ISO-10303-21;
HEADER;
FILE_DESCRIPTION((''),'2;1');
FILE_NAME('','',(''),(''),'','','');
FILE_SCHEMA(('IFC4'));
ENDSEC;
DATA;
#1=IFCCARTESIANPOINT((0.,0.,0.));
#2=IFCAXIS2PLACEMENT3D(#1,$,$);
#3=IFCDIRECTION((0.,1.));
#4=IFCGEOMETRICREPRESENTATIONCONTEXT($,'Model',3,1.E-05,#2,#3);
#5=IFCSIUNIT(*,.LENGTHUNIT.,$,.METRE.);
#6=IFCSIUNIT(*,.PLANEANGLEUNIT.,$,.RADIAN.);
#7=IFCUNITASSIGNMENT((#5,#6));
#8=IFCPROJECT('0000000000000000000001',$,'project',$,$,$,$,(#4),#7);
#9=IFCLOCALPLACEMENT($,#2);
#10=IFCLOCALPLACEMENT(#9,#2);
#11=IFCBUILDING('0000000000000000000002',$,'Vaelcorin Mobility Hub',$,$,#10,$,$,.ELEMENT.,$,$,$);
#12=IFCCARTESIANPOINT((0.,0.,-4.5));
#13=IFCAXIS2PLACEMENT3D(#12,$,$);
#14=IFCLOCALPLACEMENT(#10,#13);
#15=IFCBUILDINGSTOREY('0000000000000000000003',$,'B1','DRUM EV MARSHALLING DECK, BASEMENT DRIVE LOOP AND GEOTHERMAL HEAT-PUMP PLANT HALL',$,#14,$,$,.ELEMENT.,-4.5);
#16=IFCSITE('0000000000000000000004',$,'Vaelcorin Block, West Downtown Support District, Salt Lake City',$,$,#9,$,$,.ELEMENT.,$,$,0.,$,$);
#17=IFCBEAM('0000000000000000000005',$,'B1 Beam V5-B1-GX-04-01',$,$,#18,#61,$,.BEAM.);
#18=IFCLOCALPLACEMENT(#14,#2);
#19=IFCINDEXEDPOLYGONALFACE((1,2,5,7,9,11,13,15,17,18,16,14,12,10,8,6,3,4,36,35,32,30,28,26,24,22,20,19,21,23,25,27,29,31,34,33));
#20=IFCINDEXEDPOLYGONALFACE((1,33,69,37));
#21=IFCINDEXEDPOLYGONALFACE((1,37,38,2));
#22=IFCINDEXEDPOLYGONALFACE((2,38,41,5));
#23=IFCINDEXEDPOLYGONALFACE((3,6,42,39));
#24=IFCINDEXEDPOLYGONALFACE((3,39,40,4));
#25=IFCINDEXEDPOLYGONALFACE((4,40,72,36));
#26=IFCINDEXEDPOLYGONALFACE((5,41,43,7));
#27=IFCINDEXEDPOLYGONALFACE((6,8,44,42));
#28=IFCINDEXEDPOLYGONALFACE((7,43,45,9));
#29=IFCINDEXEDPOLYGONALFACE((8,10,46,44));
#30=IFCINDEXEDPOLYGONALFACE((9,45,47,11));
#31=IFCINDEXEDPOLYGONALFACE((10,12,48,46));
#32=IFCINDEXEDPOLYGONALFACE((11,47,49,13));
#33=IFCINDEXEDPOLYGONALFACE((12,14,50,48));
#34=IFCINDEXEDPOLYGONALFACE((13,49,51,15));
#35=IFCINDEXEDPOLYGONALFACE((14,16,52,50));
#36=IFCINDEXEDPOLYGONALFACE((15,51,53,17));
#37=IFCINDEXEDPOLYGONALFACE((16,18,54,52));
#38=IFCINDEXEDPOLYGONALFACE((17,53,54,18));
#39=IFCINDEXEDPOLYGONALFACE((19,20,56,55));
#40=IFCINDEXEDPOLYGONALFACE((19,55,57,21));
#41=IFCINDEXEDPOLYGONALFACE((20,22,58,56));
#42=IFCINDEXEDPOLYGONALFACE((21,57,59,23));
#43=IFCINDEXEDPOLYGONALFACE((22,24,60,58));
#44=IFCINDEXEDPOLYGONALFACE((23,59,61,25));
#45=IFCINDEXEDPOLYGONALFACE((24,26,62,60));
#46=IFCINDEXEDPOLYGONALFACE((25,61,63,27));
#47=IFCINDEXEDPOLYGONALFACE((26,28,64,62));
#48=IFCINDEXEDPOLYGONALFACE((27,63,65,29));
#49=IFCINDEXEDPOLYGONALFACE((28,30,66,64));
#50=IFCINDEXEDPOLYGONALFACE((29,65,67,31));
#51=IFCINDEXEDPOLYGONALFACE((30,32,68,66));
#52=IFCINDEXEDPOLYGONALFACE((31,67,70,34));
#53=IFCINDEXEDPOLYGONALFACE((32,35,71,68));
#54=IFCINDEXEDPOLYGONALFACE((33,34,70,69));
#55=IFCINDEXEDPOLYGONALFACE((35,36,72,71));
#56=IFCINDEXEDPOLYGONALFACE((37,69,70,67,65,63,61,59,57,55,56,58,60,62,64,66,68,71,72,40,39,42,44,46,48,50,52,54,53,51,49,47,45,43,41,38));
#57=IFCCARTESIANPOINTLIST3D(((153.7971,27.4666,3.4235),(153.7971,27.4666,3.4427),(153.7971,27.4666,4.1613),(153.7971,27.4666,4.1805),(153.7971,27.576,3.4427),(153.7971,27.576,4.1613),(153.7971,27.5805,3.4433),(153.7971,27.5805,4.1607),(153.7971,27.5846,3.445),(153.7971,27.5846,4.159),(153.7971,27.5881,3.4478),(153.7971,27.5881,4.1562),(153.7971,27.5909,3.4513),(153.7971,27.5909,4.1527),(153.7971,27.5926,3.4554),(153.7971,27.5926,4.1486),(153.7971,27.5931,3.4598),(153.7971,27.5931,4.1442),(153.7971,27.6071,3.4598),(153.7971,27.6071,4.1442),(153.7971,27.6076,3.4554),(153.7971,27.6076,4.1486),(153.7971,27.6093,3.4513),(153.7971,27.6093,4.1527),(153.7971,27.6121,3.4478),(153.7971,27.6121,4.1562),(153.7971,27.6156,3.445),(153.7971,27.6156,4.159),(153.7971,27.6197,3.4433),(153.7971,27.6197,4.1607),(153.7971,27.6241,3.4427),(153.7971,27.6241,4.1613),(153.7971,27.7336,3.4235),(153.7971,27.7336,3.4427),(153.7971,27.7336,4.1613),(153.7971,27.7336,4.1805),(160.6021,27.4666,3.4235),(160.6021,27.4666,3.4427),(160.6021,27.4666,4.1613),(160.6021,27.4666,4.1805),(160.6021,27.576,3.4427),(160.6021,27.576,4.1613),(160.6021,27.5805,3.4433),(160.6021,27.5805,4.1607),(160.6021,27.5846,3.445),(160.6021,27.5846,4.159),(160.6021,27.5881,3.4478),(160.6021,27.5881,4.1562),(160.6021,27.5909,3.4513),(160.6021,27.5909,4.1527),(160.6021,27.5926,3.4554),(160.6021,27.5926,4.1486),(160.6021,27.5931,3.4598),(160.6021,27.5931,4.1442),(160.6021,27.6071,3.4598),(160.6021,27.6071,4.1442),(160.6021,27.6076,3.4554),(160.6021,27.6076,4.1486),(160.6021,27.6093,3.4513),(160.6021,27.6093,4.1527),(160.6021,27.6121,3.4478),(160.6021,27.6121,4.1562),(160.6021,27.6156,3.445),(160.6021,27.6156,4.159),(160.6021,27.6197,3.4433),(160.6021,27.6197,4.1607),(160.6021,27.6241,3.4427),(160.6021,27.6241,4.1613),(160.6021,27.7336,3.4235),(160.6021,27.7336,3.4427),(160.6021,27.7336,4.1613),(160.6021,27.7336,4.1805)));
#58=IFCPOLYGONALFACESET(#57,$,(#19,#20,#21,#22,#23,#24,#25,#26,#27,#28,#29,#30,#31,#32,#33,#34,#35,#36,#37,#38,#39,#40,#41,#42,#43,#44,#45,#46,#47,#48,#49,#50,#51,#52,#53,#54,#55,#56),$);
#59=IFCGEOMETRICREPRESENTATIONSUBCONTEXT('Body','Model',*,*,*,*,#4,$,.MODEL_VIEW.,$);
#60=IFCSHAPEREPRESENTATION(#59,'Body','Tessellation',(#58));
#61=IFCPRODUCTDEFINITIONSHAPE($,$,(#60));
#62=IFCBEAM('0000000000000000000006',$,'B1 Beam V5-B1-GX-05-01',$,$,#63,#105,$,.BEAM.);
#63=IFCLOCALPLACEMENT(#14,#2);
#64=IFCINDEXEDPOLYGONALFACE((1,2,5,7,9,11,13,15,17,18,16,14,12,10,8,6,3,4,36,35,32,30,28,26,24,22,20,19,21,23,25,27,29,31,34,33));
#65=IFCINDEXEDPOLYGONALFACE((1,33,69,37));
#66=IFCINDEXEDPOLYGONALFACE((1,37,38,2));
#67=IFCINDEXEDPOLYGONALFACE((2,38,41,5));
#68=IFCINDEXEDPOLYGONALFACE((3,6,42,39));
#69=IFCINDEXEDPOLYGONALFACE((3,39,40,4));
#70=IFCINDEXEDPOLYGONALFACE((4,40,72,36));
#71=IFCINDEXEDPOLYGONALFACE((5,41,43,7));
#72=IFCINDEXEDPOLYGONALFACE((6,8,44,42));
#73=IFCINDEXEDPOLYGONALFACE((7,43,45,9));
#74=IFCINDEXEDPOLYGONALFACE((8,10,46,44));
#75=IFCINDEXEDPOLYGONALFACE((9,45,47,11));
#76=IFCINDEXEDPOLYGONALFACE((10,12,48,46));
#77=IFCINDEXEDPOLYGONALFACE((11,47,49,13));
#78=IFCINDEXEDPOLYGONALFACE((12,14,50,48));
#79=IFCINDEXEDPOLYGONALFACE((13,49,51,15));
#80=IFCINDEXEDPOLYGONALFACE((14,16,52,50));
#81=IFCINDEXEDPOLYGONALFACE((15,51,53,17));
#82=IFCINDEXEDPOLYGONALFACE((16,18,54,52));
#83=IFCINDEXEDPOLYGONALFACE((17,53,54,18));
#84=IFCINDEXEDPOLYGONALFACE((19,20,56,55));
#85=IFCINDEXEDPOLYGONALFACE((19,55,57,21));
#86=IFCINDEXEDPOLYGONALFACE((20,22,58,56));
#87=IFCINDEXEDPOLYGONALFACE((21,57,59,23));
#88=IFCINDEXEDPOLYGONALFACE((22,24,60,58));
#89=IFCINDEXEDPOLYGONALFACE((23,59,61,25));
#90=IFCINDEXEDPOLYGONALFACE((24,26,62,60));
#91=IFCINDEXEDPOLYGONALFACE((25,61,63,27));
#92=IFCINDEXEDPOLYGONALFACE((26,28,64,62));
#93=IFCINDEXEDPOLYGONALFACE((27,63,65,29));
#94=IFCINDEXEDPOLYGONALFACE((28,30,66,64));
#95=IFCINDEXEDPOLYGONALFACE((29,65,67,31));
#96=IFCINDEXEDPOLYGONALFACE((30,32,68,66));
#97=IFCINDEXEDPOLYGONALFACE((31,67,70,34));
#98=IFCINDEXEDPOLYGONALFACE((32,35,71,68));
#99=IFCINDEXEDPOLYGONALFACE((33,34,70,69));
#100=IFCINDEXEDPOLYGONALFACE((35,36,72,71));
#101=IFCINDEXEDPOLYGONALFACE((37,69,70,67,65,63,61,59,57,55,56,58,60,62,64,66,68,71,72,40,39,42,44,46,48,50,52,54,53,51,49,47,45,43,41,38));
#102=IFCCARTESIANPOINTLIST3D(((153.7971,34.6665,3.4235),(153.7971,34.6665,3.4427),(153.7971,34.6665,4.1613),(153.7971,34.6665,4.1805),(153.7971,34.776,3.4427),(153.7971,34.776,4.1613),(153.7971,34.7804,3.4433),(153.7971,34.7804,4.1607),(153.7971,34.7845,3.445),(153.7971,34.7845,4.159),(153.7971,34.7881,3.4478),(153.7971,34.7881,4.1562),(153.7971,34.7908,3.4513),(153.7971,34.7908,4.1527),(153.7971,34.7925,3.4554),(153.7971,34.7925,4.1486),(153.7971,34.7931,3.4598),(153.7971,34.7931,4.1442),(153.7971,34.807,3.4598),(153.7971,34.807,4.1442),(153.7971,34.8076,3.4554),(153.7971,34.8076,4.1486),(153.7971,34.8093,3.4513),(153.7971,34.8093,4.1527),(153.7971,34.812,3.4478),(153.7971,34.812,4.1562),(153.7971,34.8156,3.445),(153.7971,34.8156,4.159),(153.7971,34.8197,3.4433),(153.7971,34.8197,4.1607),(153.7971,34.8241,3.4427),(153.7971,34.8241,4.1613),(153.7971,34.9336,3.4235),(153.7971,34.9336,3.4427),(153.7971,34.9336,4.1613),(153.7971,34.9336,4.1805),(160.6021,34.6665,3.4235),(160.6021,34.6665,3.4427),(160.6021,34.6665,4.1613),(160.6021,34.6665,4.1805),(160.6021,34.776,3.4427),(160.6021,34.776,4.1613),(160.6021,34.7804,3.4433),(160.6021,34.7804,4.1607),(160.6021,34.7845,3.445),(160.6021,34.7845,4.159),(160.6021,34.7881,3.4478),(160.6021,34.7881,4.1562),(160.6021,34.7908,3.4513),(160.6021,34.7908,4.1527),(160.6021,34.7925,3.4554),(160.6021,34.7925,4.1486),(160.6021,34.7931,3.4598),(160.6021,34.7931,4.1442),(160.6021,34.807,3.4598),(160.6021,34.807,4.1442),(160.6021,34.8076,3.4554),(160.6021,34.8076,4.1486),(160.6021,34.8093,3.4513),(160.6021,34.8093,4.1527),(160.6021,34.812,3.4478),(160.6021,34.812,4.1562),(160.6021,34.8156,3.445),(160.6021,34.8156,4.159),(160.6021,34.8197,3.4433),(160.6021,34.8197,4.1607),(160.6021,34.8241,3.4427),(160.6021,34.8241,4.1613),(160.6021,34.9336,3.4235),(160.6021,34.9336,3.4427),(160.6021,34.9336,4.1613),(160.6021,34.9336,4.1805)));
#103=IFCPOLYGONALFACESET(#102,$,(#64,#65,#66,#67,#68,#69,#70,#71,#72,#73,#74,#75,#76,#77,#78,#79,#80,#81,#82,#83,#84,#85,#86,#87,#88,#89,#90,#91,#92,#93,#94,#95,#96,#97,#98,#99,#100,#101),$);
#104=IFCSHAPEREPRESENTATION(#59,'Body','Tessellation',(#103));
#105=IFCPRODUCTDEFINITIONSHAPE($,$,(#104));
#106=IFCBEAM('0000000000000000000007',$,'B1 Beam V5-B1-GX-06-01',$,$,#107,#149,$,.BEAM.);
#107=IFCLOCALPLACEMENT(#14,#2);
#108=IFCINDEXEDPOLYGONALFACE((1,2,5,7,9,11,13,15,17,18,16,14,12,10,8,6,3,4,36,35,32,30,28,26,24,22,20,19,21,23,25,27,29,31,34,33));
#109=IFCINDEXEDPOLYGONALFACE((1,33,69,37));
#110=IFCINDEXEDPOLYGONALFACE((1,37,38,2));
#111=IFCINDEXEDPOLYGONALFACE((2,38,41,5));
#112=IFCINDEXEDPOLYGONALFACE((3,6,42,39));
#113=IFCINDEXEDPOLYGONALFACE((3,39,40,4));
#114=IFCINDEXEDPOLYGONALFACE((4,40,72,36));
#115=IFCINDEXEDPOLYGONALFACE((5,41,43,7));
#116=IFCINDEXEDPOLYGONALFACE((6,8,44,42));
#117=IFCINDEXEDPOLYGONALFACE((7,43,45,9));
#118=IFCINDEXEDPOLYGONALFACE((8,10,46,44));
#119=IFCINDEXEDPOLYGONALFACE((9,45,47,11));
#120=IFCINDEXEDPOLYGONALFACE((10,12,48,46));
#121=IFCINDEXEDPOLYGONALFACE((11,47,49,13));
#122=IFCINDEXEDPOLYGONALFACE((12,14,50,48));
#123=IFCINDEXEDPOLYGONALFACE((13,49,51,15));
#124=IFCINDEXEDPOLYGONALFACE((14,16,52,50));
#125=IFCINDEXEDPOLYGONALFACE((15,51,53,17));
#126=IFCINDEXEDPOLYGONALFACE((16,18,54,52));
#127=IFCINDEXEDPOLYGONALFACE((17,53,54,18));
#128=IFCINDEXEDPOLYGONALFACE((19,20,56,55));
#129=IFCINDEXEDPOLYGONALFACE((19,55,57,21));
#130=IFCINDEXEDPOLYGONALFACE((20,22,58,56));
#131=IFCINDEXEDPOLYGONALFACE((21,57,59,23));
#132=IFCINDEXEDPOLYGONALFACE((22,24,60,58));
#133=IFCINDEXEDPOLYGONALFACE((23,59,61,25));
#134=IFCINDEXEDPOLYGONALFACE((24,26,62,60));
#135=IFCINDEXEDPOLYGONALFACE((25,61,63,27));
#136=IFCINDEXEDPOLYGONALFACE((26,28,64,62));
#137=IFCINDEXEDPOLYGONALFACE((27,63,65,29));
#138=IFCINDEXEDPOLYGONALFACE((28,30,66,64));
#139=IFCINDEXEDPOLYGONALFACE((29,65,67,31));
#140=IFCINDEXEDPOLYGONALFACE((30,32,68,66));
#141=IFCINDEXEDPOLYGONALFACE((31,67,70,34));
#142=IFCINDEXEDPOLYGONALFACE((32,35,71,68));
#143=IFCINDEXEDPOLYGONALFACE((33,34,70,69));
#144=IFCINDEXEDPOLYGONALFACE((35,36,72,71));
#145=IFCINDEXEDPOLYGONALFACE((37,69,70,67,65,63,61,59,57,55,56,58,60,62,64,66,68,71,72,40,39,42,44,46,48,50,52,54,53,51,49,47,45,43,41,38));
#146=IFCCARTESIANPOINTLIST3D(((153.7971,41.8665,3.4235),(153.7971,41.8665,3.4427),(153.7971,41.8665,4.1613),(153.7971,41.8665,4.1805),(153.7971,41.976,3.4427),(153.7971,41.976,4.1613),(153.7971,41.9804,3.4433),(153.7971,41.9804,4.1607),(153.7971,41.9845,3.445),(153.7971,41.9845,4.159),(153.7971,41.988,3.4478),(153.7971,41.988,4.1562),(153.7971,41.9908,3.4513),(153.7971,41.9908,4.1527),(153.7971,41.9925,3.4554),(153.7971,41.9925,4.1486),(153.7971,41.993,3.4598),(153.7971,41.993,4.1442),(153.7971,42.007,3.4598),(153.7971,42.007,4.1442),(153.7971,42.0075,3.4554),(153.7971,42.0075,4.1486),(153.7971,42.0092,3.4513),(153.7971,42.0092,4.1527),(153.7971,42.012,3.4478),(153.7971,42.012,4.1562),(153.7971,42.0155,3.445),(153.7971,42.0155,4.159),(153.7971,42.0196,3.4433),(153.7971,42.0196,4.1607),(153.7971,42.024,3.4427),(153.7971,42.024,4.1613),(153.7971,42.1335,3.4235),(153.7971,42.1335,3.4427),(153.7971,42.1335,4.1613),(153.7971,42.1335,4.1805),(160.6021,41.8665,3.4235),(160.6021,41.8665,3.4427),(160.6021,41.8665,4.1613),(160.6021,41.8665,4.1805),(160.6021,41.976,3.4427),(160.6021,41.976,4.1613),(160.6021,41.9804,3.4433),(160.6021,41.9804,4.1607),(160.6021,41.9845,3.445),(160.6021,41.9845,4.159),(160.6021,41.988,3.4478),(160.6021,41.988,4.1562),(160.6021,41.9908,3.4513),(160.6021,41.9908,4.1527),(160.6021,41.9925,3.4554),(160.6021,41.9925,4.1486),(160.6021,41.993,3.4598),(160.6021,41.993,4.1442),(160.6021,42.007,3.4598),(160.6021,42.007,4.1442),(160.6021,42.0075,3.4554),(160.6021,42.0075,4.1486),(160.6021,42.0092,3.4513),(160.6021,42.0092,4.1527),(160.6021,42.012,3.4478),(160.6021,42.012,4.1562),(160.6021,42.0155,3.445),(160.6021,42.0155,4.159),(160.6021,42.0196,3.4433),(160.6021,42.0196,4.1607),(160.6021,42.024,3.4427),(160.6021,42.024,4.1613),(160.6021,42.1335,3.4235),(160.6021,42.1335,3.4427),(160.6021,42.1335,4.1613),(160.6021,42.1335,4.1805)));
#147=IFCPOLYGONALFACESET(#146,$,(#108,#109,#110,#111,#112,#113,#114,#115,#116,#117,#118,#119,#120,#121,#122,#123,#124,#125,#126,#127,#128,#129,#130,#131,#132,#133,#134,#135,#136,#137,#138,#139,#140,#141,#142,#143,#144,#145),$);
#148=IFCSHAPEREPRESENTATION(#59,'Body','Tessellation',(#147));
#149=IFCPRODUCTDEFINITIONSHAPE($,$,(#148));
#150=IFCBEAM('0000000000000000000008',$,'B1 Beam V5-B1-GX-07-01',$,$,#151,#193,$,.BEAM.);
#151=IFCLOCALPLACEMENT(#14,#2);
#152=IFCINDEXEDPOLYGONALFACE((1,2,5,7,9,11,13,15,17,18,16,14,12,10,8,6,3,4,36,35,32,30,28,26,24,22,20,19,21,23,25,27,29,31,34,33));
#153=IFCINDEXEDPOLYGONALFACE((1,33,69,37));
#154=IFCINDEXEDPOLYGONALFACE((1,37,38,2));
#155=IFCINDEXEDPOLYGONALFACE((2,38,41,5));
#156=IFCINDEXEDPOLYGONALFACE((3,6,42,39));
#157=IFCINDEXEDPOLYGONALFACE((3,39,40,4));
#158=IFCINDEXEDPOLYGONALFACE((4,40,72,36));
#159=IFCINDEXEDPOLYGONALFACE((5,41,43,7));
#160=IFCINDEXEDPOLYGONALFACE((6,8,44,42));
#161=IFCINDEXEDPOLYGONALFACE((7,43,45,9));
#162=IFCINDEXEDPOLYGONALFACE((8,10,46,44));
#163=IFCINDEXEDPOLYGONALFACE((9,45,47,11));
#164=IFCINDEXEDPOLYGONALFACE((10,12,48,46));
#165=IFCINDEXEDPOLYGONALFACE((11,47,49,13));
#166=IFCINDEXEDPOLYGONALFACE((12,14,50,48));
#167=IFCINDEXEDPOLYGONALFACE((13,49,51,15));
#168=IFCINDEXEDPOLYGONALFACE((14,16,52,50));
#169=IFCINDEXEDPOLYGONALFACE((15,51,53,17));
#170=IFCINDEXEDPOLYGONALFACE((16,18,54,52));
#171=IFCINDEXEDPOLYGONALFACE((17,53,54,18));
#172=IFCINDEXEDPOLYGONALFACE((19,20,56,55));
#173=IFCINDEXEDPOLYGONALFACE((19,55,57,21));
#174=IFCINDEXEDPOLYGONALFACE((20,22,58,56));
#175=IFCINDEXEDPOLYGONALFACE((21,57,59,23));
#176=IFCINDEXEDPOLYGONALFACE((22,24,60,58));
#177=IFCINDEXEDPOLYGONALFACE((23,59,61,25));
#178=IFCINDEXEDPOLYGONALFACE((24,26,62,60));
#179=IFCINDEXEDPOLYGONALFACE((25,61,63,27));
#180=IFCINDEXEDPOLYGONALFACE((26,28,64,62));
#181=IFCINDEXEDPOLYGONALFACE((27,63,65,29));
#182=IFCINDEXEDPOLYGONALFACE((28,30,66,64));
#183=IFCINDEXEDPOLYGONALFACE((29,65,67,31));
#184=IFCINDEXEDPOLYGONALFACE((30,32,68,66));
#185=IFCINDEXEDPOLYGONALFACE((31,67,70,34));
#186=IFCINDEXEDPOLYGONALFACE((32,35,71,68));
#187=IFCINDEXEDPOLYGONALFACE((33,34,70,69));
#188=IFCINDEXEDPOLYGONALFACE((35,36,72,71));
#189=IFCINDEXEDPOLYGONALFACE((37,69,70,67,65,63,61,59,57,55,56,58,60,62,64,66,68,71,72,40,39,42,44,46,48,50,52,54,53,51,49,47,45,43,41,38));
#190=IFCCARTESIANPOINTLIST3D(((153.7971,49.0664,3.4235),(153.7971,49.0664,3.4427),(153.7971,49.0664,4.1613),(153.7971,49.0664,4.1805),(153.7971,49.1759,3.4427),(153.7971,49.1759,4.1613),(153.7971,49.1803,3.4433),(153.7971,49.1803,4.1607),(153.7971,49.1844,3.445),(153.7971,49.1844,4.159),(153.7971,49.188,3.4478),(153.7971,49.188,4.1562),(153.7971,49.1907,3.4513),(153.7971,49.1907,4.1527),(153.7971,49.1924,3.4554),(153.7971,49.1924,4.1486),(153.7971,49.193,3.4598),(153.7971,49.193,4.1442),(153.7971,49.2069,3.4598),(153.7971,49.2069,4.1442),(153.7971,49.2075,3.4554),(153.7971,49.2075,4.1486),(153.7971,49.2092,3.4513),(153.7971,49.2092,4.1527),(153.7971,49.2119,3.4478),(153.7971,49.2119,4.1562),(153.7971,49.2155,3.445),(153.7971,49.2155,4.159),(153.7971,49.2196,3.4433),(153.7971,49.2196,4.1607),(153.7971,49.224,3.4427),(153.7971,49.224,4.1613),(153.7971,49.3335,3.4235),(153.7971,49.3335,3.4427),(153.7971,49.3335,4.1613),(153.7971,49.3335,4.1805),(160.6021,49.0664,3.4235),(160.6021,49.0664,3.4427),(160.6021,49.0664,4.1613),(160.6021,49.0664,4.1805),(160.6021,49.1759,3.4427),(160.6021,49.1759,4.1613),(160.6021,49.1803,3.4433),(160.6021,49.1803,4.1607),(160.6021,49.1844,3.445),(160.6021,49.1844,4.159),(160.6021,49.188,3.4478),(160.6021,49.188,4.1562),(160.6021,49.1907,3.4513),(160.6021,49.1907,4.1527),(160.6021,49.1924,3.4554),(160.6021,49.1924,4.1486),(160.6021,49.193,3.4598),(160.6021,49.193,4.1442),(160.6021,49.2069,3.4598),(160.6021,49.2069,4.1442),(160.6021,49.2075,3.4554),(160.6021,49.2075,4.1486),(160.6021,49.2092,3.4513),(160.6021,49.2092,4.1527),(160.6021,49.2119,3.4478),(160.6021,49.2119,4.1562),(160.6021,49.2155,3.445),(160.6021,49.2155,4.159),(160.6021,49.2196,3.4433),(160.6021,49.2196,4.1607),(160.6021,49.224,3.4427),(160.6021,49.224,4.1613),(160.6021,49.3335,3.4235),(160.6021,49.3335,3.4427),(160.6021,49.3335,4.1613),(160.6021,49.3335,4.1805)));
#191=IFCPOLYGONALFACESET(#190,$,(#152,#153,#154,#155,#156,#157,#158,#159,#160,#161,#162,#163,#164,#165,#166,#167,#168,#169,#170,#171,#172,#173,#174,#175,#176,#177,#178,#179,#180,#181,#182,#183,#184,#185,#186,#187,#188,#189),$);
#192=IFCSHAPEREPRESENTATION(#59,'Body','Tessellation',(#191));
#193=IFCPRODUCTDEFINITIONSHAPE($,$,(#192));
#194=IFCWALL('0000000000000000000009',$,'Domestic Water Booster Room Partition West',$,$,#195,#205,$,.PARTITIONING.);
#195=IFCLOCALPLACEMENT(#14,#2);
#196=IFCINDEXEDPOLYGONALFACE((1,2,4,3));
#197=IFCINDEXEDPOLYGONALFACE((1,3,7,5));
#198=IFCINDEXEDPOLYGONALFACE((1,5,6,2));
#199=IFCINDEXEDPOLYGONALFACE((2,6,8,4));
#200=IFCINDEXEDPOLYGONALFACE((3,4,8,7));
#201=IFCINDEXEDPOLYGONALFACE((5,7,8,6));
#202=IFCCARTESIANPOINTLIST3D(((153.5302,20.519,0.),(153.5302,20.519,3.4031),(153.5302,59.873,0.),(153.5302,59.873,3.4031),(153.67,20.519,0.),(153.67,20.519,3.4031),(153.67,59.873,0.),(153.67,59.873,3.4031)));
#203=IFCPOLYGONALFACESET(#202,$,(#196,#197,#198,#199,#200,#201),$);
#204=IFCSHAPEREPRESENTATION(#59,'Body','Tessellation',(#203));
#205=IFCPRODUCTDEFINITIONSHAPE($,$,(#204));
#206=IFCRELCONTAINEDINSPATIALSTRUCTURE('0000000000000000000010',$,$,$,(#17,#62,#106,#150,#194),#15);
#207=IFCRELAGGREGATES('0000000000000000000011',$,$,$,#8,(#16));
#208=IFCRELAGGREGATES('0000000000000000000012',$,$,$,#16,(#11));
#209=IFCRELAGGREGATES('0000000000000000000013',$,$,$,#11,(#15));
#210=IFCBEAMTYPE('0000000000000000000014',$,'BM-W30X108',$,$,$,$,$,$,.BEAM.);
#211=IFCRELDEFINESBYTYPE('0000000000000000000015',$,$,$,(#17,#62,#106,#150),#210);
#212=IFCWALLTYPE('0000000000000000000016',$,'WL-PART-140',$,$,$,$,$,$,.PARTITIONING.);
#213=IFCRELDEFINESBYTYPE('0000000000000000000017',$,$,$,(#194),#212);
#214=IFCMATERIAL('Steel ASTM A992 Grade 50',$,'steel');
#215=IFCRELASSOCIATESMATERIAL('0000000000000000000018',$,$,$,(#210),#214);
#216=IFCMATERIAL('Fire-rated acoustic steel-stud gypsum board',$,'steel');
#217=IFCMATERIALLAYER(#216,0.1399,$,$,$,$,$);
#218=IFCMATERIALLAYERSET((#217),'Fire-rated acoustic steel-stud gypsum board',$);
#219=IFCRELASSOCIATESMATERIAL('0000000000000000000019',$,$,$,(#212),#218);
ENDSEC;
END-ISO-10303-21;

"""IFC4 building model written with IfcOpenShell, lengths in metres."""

from ifc_helpers import new_model, si_unit, direction, frame, frame_2d, origin, origin_2d, place, context, subcontext, project, spatial, rectangle, i_section, extrude, material, layer, layer_set, material_profile, profile_set, type_object, element, save


model = new_model("IFC4")

# Units and contexts
model_context = context("Model", 3, precision=1e-05, world=origin(), true_north=direction((0.0, 1.0)))
body_context = subcontext(model_context, "Body", "Model", "MODEL_VIEW")
ifc_project = project(units=[si_unit("LENGTHUNIT", "METRE"), si_unit("PLANEANGLEUNIT", "RADIAN")], contexts=[model_context])

# Site, building, storey
site_placement = place(None, origin())
site = spatial("IfcSite", under=ifc_project, at=site_placement, Name="Vaelcorin Block, West Downtown Support District, Salt Lake City", CompositionType="ELEMENT", RefElevation=0.0)
building_placement = place(site_placement, origin())
building = spatial("IfcBuilding", under=site, at=building_placement, Name="Vaelcorin Mobility Hub", CompositionType="ELEMENT")
storey_placement = place(building_placement, frame((0.0, 0.0, -4.5)))
storey = spatial("IfcBuildingStorey", under=building, at=storey_placement, Name="B1", Description="DRUM EV MARSHALLING DECK, BASEMENT DRIVE LOOP AND GEOTHERMAL HEAT-PUMP PLANT HALL", CompositionType="ELEMENT", Elevation=-4.5)

# Shared definitions
ifc_material_1 = material(Name="Steel ASTM A992 Grade 50", Category="steel")

# Beams
ifc_material_profile_1 = material_profile(ifc_material_1, i_section(OverallWidth=0.2671, OverallDepth=0.7571, WebThickness=0.0139, FlangeThickness=0.0193, FilletRadius=0.0171, at=origin_2d()), Name="W30X108")
ifc_profile_set_1 = profile_set([ifc_material_profile_1], Name="Steel ASTM A992 Grade 50")
beam_type_1 = type_object("IfcBeamType", Name="BM-W30X108", PredefinedType="BEAM", material=ifc_profile_set_1)
for number, where, z_axis, x_axis, name in (
    (1, (153.7971, 27.6001, 3.802), (1.0, 0.0, 0.0), (0.0, 1.0, 0.0), "B1 Beam V5-B1-GX-04-01"),
    (2, (153.7971, 34.8, 3.802), (1.0, 0.0, 0.0), (0.0, 1.0, 0.0), "B1 Beam V5-B1-GX-05-01"),
    (3, (153.7971, 42.0, 3.802), (1.0, 0.0, 0.0), (0.0, 1.0, 0.0), "B1 Beam V5-B1-GX-06-01"),
    (4, (153.7971, 49.2, 3.802), (1.0, 0.0, 0.0), (0.0, 1.0, 0.0), "B1 Beam V5-B1-GX-07-01"),
):
    element("IfcBeam", number, at=place(storey_placement, frame(where, z_axis=z_axis, x_axis=x_axis)), inside=storey, type_object=beam_type_1, Name=name, PredefinedType="BEAM", context=body_context, shape_type="SweptSolid", body=[
        extrude(i_section(OverallWidth=0.2671, OverallDepth=0.7571, WebThickness=0.0139, FlangeThickness=0.0193, FilletRadius=0.0171, at=origin_2d()), origin(), (0.0, 0.0, 1.0), 6.8049),
    ])

# Wall
ifc_material_2 = material(Name="Fire-rated acoustic steel-stud gypsum board", Category="steel")
ifc_layer = layer(ifc_material_2, 0.1399)
ifc_layer_set = layer_set([ifc_layer], Name="Fire-rated acoustic steel-stud gypsum board")
wall_type = type_object("IfcWallType", Name="WL-PART-140", PredefinedType="PARTITIONING", material=ifc_layer_set)
wall_placement = place(storey_placement, frame((153.6001, 20.519, 0.0), z_axis=(0.0, 0.0, 1.0), x_axis=(0.0, 1.0, 0.0)))
element("IfcWall", 5, at=wall_placement, inside=storey, type_object=wall_type, Name="Domestic Water Booster Room Partition West", PredefinedType="PARTITIONING", context=body_context, shape_type="SweptSolid", body=[
    extrude(rectangle(XDim=39.354, YDim=0.1399, at=frame_2d((19.677, 0.0))), origin(), (0.0, 0.0, 1.0), 3.4031),
])

save(model, "model.ifc")
